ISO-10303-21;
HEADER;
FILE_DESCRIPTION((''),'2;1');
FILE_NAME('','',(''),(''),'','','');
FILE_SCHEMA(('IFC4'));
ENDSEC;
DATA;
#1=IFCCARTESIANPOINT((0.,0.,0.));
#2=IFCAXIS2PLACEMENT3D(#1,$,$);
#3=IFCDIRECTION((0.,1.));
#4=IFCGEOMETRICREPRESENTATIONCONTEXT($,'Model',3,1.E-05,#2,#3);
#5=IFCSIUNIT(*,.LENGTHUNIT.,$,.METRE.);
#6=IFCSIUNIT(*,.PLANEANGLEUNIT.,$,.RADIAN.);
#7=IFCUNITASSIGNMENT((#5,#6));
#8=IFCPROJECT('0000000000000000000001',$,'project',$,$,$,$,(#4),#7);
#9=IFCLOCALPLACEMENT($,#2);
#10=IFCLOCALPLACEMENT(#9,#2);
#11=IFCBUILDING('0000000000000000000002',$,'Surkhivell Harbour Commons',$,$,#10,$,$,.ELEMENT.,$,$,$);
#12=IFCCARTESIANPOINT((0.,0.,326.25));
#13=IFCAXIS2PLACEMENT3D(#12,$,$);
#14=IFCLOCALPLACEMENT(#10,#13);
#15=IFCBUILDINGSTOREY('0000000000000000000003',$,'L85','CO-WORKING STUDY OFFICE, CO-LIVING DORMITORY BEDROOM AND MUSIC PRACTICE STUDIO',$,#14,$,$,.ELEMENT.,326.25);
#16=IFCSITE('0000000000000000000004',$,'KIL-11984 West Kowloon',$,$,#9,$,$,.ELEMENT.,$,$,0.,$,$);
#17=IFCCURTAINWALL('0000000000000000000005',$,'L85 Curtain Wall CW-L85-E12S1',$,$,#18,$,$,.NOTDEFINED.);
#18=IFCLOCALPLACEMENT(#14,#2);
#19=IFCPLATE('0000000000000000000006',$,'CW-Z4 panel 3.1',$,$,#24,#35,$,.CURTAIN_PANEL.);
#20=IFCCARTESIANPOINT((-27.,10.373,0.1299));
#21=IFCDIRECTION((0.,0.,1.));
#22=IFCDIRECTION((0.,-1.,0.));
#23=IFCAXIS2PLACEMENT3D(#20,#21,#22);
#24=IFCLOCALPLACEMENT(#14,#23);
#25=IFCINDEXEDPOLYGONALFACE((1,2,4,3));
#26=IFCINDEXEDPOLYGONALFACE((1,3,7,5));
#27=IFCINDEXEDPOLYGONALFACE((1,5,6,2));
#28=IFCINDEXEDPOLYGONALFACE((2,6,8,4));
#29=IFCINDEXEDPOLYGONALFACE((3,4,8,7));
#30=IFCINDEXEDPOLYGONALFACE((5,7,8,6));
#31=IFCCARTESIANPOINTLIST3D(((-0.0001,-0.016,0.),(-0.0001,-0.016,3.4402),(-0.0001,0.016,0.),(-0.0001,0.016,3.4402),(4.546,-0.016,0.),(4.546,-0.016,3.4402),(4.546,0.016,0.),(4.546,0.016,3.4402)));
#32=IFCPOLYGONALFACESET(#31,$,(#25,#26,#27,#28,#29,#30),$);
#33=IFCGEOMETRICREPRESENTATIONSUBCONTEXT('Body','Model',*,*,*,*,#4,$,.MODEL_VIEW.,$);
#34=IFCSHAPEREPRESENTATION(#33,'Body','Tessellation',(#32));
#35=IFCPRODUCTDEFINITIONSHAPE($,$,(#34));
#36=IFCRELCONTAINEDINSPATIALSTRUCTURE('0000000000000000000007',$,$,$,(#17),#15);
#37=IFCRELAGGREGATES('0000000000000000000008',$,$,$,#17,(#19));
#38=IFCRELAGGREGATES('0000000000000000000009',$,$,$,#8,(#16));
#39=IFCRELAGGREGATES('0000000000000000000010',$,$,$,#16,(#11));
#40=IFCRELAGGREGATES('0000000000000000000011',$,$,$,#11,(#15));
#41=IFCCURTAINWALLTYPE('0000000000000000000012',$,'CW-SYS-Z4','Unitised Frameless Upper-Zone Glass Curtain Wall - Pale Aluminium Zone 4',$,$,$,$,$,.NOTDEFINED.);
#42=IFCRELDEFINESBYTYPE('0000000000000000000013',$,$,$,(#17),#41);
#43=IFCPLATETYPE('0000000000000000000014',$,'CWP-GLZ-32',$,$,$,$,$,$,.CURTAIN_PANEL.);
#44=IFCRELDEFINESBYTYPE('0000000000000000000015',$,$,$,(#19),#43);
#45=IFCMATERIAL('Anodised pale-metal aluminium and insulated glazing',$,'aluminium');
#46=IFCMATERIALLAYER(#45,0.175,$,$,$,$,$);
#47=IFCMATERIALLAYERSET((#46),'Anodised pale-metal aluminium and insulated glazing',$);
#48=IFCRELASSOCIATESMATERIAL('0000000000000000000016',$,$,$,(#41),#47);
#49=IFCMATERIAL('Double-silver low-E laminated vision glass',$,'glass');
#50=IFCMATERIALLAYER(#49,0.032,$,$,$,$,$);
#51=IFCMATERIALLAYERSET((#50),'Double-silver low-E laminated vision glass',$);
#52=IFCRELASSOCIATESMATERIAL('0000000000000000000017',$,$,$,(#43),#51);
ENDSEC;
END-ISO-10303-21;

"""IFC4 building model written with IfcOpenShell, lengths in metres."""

from ifc_helpers import new_model, si_unit, direction, frame, frame_2d, origin, place, context, subcontext, project, spatial, rectangle, extrude, material, layer, layer_set, type_object, element, aggregate, save


model = new_model("IFC4")

# Units and contexts
model_context = context("Model", 3, precision=1e-05, world=origin(), true_north=direction((0.0, 1.0)))
body_context = subcontext(model_context, "Body", "Model", "MODEL_VIEW")
ifc_project = project(units=[si_unit("LENGTHUNIT", "METRE"), si_unit("PLANEANGLEUNIT", "RADIAN")], contexts=[model_context])

# Site, building, storey
site_placement = place(None, origin())
site = spatial("IfcSite", under=ifc_project, at=site_placement, Name="KIL-11984 West Kowloon", CompositionType="ELEMENT", RefElevation=0.0)
building_placement = place(site_placement, origin())
building = spatial("IfcBuilding", under=site, at=building_placement, Name="Surkhivell Harbour Commons", CompositionType="ELEMENT")
storey_placement = place(building_placement, frame((0.0, 0.0, 326.25)))
storey = spatial("IfcBuildingStorey", under=building, at=storey_placement, Name="L85", Description="CO-WORKING STUDY OFFICE, CO-LIVING DORMITORY BEDROOM AND MUSIC PRACTICE STUDIO", CompositionType="ELEMENT", Elevation=326.25)

# Curtain wall, plate
ifc_material_1 = material(Name="Anodised pale-metal aluminium and insulated glazing", Category="aluminium")
ifc_layer_1 = layer(ifc_material_1, 0.175)
ifc_layer_set_1 = layer_set([ifc_layer_1], Name="Anodised pale-metal aluminium and insulated glazing")
curtain_wall_type = type_object("IfcCurtainWallType", Name="CW-SYS-Z4", Description="Unitised Frameless Upper-Zone Glass Curtain Wall - Pale Aluminium Zone 4", PredefinedType="NOTDEFINED", material=ifc_layer_set_1)
curtain_wall_placement = place(storey_placement, origin())
curtain_wall = element("IfcCurtainWall", 1, at=curtain_wall_placement, inside=storey, type_object=curtain_wall_type, Name="L85 Curtain Wall CW-L85-E12S1", PredefinedType="NOTDEFINED")
ifc_material_2 = material(Name="Double-silver low-E laminated vision glass", Category="glass")
ifc_layer_2 = layer(ifc_material_2, 0.032)
ifc_layer_set_2 = layer_set([ifc_layer_2], Name="Double-silver low-E laminated vision glass")
plate_type = type_object("IfcPlateType", Name="CWP-GLZ-32", PredefinedType="CURTAIN_PANEL", material=ifc_layer_set_2)
plate_1_placement = place(storey_placement, frame((-27.0, 10.373, 0.1299), z_axis=(0.0, 0.0, 1.0), x_axis=(0.0, -1.0, 0.0)))
plate_1 = element("IfcPlate", 2, at=plate_1_placement, type_object=plate_type, Name="CW-Z4 panel 3.1", PredefinedType="CURTAIN_PANEL", context=body_context, shape_type="SweptSolid", body=[
    extrude(rectangle(XDim=4.5461, YDim=0.032, at=frame_2d((2.2729, 0.0))), origin(), (0.0, 0.0, 1.0), 3.4402),
])
aggregate(curtain_wall, [plate_1])

save(model, "model.ifc")
